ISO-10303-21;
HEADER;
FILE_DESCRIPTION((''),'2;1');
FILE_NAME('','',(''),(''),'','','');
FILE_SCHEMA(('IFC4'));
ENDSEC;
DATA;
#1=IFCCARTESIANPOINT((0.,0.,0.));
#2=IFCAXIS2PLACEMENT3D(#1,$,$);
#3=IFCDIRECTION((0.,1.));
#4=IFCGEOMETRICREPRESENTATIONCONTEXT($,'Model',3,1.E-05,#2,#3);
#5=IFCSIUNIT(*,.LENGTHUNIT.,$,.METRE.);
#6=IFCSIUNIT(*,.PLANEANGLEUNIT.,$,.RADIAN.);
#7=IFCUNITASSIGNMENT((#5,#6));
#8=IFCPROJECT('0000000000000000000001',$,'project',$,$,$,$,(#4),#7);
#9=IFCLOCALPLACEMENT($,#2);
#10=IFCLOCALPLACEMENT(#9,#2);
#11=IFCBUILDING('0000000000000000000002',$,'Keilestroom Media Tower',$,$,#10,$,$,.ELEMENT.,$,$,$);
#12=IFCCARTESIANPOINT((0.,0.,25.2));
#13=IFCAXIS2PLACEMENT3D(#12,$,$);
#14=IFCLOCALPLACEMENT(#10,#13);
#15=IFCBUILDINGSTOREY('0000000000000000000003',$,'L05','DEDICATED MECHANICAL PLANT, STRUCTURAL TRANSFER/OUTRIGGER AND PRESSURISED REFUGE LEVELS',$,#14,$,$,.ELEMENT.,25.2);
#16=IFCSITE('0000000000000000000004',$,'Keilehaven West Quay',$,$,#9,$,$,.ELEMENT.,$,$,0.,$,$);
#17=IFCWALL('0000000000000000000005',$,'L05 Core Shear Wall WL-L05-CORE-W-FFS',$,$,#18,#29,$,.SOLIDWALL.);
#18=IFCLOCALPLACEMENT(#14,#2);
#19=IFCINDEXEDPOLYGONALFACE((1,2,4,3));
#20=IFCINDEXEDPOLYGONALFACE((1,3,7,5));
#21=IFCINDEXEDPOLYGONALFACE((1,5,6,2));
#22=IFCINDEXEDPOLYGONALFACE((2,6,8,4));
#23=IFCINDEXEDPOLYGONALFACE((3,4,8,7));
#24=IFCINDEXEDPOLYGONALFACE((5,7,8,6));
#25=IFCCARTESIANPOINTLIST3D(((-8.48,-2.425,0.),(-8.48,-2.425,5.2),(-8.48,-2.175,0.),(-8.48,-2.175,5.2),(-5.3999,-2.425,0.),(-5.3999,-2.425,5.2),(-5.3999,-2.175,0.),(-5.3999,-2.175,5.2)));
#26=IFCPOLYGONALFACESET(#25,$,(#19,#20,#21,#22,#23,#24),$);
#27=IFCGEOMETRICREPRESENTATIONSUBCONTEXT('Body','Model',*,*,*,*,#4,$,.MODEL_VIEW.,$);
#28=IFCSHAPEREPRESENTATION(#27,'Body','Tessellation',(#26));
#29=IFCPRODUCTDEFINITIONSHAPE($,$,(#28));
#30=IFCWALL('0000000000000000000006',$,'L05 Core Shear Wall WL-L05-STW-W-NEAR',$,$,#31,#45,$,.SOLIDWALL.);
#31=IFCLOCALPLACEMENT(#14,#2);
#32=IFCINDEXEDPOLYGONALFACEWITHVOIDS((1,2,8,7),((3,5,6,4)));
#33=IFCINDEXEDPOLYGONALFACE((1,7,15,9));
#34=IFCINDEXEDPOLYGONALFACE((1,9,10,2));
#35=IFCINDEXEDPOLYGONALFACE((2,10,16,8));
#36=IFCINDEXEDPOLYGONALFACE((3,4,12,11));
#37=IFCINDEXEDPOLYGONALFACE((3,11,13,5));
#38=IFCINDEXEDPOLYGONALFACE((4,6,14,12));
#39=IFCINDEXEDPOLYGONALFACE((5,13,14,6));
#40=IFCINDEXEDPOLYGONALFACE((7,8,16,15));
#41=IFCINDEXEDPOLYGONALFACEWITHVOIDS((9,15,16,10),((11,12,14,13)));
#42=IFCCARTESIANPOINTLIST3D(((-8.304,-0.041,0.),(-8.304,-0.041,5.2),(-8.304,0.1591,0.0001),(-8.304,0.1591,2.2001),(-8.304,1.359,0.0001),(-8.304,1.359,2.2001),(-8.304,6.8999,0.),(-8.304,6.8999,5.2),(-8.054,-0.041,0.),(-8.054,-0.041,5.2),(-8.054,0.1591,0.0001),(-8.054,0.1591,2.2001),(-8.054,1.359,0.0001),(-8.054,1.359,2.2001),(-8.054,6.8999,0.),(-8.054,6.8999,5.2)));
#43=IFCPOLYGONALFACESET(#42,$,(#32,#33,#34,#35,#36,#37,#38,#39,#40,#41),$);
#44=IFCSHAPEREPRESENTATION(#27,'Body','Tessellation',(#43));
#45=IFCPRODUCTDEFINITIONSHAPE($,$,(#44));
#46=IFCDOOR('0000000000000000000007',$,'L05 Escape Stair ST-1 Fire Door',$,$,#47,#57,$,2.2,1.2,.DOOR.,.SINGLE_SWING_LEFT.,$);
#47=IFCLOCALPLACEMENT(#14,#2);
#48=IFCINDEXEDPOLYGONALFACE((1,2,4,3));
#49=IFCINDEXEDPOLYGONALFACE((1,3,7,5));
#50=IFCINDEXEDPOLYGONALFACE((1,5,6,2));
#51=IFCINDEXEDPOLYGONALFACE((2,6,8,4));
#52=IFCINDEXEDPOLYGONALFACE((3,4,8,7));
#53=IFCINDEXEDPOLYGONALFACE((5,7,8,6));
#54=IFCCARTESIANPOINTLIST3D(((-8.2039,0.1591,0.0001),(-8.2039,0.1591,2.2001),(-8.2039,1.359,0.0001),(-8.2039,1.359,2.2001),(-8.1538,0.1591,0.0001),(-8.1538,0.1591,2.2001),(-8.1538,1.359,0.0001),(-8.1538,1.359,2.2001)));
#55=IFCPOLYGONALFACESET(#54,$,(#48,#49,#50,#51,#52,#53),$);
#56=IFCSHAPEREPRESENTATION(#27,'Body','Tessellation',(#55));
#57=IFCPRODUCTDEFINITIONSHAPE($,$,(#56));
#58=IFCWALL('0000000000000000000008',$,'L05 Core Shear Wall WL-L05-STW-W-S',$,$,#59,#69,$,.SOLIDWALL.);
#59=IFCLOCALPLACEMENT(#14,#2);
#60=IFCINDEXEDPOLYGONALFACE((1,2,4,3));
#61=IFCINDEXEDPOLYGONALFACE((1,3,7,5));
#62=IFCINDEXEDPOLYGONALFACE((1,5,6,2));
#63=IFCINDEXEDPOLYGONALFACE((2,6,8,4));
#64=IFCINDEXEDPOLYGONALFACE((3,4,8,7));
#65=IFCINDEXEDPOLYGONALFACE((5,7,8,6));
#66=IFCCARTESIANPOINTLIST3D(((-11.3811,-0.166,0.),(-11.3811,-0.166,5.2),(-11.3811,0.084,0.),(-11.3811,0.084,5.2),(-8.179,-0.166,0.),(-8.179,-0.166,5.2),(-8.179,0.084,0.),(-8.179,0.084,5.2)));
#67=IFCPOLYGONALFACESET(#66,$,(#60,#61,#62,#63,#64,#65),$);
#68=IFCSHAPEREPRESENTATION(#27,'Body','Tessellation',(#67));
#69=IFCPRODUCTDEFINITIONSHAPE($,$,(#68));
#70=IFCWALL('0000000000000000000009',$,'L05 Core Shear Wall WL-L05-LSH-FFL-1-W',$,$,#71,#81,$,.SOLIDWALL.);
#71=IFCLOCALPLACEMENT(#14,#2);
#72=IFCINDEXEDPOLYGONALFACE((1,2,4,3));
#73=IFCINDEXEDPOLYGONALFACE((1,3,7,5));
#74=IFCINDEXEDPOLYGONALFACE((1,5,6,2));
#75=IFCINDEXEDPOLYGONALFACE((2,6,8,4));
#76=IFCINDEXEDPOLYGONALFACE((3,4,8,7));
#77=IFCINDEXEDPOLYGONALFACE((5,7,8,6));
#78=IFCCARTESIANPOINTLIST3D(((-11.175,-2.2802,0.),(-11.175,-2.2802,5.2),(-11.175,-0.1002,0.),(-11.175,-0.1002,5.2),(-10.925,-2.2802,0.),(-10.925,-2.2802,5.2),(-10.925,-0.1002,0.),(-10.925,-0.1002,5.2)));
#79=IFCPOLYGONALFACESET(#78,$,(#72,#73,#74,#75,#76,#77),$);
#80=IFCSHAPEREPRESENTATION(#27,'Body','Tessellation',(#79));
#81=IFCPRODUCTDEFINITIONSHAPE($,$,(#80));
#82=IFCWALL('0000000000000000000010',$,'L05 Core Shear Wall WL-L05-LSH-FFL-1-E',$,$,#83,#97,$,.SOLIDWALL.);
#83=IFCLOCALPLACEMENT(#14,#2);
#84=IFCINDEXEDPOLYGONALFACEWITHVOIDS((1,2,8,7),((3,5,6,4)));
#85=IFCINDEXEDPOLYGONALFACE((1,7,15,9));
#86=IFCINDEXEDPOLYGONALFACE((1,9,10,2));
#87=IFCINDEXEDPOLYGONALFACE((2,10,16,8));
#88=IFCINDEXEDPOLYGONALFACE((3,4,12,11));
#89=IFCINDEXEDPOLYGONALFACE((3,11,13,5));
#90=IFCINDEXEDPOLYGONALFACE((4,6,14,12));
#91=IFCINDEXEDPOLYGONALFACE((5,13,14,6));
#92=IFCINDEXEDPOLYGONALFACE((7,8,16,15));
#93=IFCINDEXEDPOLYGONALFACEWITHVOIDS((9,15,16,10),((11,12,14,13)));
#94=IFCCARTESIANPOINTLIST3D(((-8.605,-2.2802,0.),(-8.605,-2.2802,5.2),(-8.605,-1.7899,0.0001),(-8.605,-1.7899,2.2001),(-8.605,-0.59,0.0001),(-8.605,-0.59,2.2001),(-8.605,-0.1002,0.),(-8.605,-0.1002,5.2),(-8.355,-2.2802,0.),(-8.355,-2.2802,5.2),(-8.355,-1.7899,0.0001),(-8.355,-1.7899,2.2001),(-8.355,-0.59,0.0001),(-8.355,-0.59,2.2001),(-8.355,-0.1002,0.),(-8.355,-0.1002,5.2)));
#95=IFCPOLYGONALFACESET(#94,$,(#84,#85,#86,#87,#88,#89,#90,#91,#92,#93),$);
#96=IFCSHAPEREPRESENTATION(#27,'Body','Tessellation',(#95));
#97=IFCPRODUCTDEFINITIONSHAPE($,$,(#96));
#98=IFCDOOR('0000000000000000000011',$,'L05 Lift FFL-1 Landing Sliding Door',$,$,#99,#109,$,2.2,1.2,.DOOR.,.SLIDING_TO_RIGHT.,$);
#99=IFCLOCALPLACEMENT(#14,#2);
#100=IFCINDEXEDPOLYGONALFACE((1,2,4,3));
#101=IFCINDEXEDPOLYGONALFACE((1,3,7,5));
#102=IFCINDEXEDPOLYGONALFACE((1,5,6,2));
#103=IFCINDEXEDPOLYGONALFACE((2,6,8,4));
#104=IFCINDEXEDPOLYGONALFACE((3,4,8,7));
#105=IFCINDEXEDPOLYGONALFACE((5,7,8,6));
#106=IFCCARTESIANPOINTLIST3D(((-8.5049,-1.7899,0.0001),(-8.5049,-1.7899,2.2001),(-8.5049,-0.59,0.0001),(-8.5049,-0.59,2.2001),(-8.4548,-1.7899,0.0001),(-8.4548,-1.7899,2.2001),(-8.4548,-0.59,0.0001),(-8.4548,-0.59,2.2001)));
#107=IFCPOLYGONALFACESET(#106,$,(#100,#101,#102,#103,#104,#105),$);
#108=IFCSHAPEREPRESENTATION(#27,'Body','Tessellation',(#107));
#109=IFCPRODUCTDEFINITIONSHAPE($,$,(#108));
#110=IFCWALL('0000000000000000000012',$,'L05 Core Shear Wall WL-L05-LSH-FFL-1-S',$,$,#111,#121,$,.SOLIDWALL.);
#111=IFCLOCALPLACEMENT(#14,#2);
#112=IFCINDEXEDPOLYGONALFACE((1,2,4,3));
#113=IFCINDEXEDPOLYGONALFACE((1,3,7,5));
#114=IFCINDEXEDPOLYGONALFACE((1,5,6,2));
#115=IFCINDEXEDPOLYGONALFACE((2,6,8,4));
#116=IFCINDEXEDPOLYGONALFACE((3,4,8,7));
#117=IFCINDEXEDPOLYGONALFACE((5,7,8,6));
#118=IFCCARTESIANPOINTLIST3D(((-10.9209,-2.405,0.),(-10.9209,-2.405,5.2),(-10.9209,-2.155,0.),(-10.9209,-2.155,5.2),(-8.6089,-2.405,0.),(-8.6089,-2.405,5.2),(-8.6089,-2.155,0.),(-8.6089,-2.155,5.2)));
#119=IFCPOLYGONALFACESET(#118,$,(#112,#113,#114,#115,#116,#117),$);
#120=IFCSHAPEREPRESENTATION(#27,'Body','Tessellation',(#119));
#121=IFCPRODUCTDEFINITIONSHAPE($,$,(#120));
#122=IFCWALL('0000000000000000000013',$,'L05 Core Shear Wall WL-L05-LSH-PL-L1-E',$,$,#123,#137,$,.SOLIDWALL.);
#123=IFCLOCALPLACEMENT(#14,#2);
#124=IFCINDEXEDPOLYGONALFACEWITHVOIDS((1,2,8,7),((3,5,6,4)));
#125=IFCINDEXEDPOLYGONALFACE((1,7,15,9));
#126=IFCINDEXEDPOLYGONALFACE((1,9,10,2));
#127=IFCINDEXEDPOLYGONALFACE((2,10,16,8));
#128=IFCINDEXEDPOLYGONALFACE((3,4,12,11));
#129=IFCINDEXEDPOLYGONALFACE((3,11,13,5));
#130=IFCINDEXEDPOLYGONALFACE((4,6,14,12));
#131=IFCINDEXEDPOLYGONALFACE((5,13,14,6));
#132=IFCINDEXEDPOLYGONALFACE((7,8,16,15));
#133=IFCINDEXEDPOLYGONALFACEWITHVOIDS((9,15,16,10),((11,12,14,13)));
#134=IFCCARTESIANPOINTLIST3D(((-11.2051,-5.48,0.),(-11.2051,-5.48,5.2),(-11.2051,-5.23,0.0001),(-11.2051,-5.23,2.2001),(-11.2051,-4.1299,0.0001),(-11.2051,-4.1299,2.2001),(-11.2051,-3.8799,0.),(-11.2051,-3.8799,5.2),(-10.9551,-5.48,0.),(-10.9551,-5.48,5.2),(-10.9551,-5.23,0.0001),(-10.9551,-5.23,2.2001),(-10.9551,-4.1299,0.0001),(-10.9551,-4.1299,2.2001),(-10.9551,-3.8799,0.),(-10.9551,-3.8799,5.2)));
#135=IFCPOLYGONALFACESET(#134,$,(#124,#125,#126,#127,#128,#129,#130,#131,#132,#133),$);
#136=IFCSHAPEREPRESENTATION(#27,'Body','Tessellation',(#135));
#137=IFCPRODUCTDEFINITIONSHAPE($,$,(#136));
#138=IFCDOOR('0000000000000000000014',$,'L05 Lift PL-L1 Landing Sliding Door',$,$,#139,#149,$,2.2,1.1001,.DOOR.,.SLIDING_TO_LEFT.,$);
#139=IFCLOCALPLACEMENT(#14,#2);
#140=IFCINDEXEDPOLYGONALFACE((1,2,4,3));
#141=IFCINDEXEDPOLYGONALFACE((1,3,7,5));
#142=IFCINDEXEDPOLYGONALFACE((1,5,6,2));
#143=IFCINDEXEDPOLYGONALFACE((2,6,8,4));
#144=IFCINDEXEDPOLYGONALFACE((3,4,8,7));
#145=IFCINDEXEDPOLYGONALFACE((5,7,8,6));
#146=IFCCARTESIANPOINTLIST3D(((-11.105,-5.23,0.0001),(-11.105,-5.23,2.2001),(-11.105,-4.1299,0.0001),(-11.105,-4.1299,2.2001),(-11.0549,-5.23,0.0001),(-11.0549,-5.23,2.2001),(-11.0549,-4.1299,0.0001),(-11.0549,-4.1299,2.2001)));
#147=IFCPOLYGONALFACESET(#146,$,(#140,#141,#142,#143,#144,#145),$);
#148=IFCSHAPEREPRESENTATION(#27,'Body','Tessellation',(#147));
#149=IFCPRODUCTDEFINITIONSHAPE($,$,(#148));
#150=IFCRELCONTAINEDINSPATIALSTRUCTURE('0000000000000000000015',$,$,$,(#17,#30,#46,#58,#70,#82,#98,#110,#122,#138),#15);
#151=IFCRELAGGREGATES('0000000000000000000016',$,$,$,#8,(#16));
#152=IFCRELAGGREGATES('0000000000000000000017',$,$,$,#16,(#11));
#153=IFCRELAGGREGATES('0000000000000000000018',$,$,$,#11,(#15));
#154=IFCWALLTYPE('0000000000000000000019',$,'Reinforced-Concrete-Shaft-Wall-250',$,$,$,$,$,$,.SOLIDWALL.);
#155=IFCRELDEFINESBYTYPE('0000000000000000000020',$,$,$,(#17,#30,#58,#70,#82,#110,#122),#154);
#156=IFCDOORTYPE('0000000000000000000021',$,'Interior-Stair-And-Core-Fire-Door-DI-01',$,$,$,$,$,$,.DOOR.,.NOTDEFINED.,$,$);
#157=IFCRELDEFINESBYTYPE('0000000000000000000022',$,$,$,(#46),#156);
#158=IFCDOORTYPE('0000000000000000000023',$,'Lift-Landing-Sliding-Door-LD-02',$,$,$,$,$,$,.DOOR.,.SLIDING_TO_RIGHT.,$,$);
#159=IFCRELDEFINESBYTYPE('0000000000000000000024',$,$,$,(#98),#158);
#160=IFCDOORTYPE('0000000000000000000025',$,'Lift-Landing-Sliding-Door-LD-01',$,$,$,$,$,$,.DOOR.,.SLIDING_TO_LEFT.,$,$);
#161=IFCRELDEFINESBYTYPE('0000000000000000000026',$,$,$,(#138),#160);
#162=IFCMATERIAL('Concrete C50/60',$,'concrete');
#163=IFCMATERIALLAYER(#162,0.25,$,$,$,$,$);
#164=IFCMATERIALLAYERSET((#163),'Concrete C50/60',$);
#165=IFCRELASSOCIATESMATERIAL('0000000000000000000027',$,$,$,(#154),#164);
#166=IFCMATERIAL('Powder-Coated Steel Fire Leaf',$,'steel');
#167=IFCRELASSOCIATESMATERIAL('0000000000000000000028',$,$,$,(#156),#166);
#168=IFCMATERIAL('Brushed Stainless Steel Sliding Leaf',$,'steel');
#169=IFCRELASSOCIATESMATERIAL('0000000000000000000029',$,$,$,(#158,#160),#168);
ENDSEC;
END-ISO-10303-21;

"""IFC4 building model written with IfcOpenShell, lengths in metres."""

from ifc_helpers import new_model, si_unit, direction, frame, frame_2d, origin, place, context, subcontext, project, spatial, rectangle, extrude, source, transform, mapped, material, layer, layer_set, type_object, element, fill, save


model = new_model("IFC4")

# Units and contexts
model_context = context("Model", 3, precision=1e-05, world=origin(), true_north=direction((0.0, 1.0)))
body_context = subcontext(model_context, "Body", "Model", "MODEL_VIEW")
ifc_project = project(units=[si_unit("LENGTHUNIT", "METRE"), si_unit("PLANEANGLEUNIT", "RADIAN")], contexts=[model_context])

# Site, building, storey
site_placement = place(None, origin())
site = spatial("IfcSite", under=ifc_project, at=site_placement, Name="Keilehaven West Quay", CompositionType="ELEMENT", RefElevation=0.0)
building_placement = place(site_placement, origin())
building = spatial("IfcBuilding", under=site, at=building_placement, Name="Keilestroom Media Tower", CompositionType="ELEMENT")
storey_placement = place(building_placement, frame((0.0, 0.0, 25.2)))
storey = spatial("IfcBuildingStorey", under=building, at=storey_placement, Name="L05", Description="DEDICATED MECHANICAL PLANT, STRUCTURAL TRANSFER/OUTRIGGER AND PRESSURISED REFUGE LEVELS", CompositionType="ELEMENT", Elevation=25.2)

# Shared definitions
ifc_material_1 = material(Name="Powder-Coated Steel Fire Leaf", Category="steel")
shared_shape_1 = source(origin(), body_context, "Body", "SweptSolid", [
    extrude(rectangle(XDim=1.2, YDim=2.2, at=frame_2d((0.6001, 1.1001))), frame((0.0, 0.0249, 0.0), z_axis=(0.0, -1.0, 0.0), x_axis=(1.0, 0.0, 0.0)), (0.0, 0.0, 1.0), 0.05),
])

# Wall
ifc_material_2 = material(Name="Concrete C50/60", Category="concrete")
ifc_layer_1 = layer(ifc_material_2, 0.25)
ifc_layer_set_1 = layer_set([ifc_layer_1], Name="Concrete C50/60")
wall_type_1 = type_object("IfcWallType", Name="Reinforced-Concrete-Shaft-Wall-250", PredefinedType="SOLIDWALL", material=ifc_layer_set_1)
wall_1_placement = place(storey_placement, frame((-8.48, -2.3, 0.0), z_axis=(0.0, 0.0, 1.0), x_axis=(1.0, 0.0, 0.0)))
element("IfcWall", 1, at=wall_1_placement, inside=storey, type_object=wall_type_1, Name="L05 Core Shear Wall WL-L05-CORE-W-FFS", PredefinedType="SOLIDWALL", context=body_context, shape_type="SweptSolid", body=[
    extrude(rectangle(XDim=3.0801, YDim=0.25, at=frame_2d((1.54, 0.0))), origin(), (0.0, 0.0, 1.0), 5.2),
])

# Wall, opening, door
wall_2_placement = place(storey_placement, frame((-8.179, -0.041, 0.0), z_axis=(0.0, 0.0, 1.0), x_axis=(0.0, 1.0, 0.0)))
wall_2 = element("IfcWall", 2, at=wall_2_placement, inside=storey, type_object=wall_type_1, Name="L05 Core Shear Wall WL-L05-STW-W-NEAR", PredefinedType="SOLIDWALL", context=body_context, shape_type="SweptSolid", body=[
    extrude(rectangle(XDim=6.9409, YDim=0.25, at=frame_2d((3.4705, 0.0))), origin(), (0.0, 0.0, 1.0), 5.2),
])
opening_1_placement = place(wall_2_placement, frame((0.2, 0.0, 0.0)))
opening_1 = element("IfcOpeningElement", 3, at=opening_1_placement, cuts=wall_2, PredefinedType="OPENING", context=body_context, shape_type="SweptSolid", body=[
    extrude(rectangle(XDim=1.2, YDim=2.2, at=frame_2d((0.6001, 1.1001))), frame((0.0, 0.135, 0.0), z_axis=(0.0, -1.0, 0.0), x_axis=(1.0, 0.0, 0.0)), (0.0, 0.0, 1.0), 0.27),
])
door_type_1 = type_object("IfcDoorType", Name="Interior-Stair-And-Core-Fire-Door-DI-01", OperationType="NOTDEFINED", PredefinedType="DOOR", material=ifc_material_1)
door_1_placement = place(opening_1_placement, origin())
door_1 = element("IfcDoor", 4, at=door_1_placement, inside=storey, type_object=door_type_1, Name="L05 Escape Stair ST-1 Fire Door", OperationType="SINGLE_SWING_LEFT", OverallHeight=2.2, OverallWidth=1.2, PredefinedType="DOOR", context=body_context, shape_type="MappedRepresentation", body=[
    mapped(shared_shape_1, transform((0.0, 0.0, 0.0), x_axis=(1.0, 0.0, 0.0), y_axis=(0.0, 1.0, 0.0), z_axis=(0.0, 0.0, 1.0), scale=1.0)),
])
fill(opening_1, door_1)

# Walls
wall_3_placement = place(storey_placement, frame((-11.3811, -0.041, 0.0), z_axis=(0.0, 0.0, 1.0), x_axis=(1.0, 0.0, 0.0)))
element("IfcWall", 5, at=wall_3_placement, inside=storey, type_object=wall_type_1, Name="L05 Core Shear Wall WL-L05-STW-W-S", PredefinedType="SOLIDWALL", context=body_context, shape_type="SweptSolid", body=[
    extrude(rectangle(XDim=3.2021, YDim=0.25, at=frame_2d((1.6011, 0.0))), origin(), (0.0, 0.0, 1.0), 5.2),
])
wall_4_placement = place(storey_placement, frame((-11.05, -2.28, 0.0), z_axis=(0.0, 0.0, 1.0), x_axis=(0.0, 1.0, 0.0)))
element("IfcWall", 6, at=wall_4_placement, inside=storey, type_object=wall_type_1, Name="L05 Core Shear Wall WL-L05-LSH-FFL-1-W", PredefinedType="SOLIDWALL", context=body_context, shape_type="SweptSolid", body=[
    extrude(rectangle(XDim=2.1799, YDim=0.25, at=frame_2d((1.0898, 0.0))), origin(), (0.0, 0.0, 1.0), 5.2),
])

# Wall, opening, door
wall_5_placement = place(storey_placement, frame((-8.48, -2.28, 0.0), z_axis=(0.0, 0.0, 1.0), x_axis=(0.0, 1.0, 0.0)))
wall_5 = element("IfcWall", 7, at=wall_5_placement, inside=storey, type_object=wall_type_1, Name="L05 Core Shear Wall WL-L05-LSH-FFL-1-E", PredefinedType="SOLIDWALL", context=body_context, shape_type="SweptSolid", body=[
    extrude(rectangle(XDim=2.1799, YDim=0.25, at=frame_2d((1.0898, 0.0))), origin(), (0.0, 0.0, 1.0), 5.2),
])
opening_2_placement = place(wall_5_placement, frame((0.49, 0.0, 0.0)))
opening_2 = element("IfcOpeningElement", 8, at=opening_2_placement, cuts=wall_5, PredefinedType="OPENING", context=body_context, shape_type="SweptSolid", body=[
    extrude(rectangle(XDim=1.2, YDim=2.2, at=frame_2d((0.6001, 1.1001))), frame((0.0, 0.135, 0.0), z_axis=(0.0, -1.0, 0.0), x_axis=(1.0, 0.0, 0.0)), (0.0, 0.0, 1.0), 0.27),
])
ifc_material_3 = material(Name="Brushed Stainless Steel Sliding Leaf", Category="steel")
door_type_2 = type_object("IfcDoorType", Name="Lift-Landing-Sliding-Door-LD-02", OperationType="SLIDING_TO_RIGHT", PredefinedType="DOOR", material=ifc_material_3)
door_2_placement = place(opening_2_placement, origin())
door_2 = element("IfcDoor", 9, at=door_2_placement, inside=storey, type_object=door_type_2, Name="L05 Lift FFL-1 Landing Sliding Door", OperationType="SLIDING_TO_RIGHT", OverallHeight=2.2, OverallWidth=1.2, PredefinedType="DOOR", context=body_context, shape_type="MappedRepresentation", body=[
    mapped(shared_shape_1, transform((0.0, 0.0, 0.0), x_axis=(1.0, 0.0, 0.0), y_axis=(0.0, 1.0, 0.0), z_axis=(0.0, 0.0, 1.0), scale=1.0)),
])
fill(opening_2, door_2)

# Wall
wall_6_placement = place(storey_placement, frame((-10.9209, -2.28, 0.0), z_axis=(0.0, 0.0, 1.0), x_axis=(1.0, 0.0, 0.0)))
element("IfcWall", 10, at=wall_6_placement, inside=storey, type_object=wall_type_1, Name="L05 Core Shear Wall WL-L05-LSH-FFL-1-S", PredefinedType="SOLIDWALL", context=body_context, shape_type="SweptSolid", body=[
    extrude(rectangle(XDim=2.312, YDim=0.25, at=frame_2d((1.156, 0.0))), origin(), (0.0, 0.0, 1.0), 5.2),
])

# Wall, opening, door
wall_7_placement = place(storey_placement, frame((-11.0801, -5.48, 0.0), z_axis=(0.0, 0.0, 1.0), x_axis=(0.0, 1.0, 0.0)))
wall_7 = element("IfcWall", 11, at=wall_7_placement, inside=storey, type_object=wall_type_1, Name="L05 Core Shear Wall WL-L05-LSH-PL-L1-E", PredefinedType="SOLIDWALL", context=body_context, shape_type="SweptSolid", body=[
    extrude(rectangle(XDim=1.6001, YDim=0.25, at=frame_2d((0.8, 0.0))), origin(), (0.0, 0.0, 1.0), 5.2),
])
opening_3_placement = place(wall_7_placement, frame((0.25, 0.0, 0.0)))
opening_3 = element("IfcOpeningElement", 12, at=opening_3_placement, cuts=wall_7, PredefinedType="OPENING", context=body_context, shape_type="SweptSolid", body=[
    extrude(rectangle(XDim=1.1001, YDim=2.2, at=frame_2d((0.55, 1.1001))), frame((0.0, 0.135, 0.0), z_axis=(0.0, -1.0, 0.0), x_axis=(1.0, 0.0, 0.0)), (0.0, 0.0, 1.0), 0.27),
])
door_type_3 = type_object("IfcDoorType", Name="Lift-Landing-Sliding-Door-LD-01", OperationType="SLIDING_TO_LEFT", PredefinedType="DOOR", material=ifc_material_3)
shared_shape_2 = source(origin(), body_context, "Body", "SweptSolid", [
    extrude(rectangle(XDim=1.1001, YDim=2.2, at=frame_2d((0.55, 1.1001))), frame((0.0, 0.0249, 0.0), z_axis=(0.0, -1.0, 0.0), x_axis=(1.0, 0.0, 0.0)), (0.0, 0.0, 1.0), 0.05),
])
door_3_placement = place(opening_3_placement, origin())
door_3 = element("IfcDoor", 13, at=door_3_placement, inside=storey, type_object=door_type_3, Name="L05 Lift PL-L1 Landing Sliding Door", OperationType="SLIDING_TO_LEFT", OverallHeight=2.2, OverallWidth=1.1001, PredefinedType="DOOR", context=body_context, shape_type="MappedRepresentation", body=[
    mapped(shared_shape_2, transform((0.0, 0.0, 0.0), x_axis=(1.0, 0.0, 0.0), y_axis=(0.0, 1.0, 0.0), z_axis=(0.0, 0.0, 1.0), scale=1.0)),
])
fill(opening_3, door_3)

save(model, "model.ifc")
